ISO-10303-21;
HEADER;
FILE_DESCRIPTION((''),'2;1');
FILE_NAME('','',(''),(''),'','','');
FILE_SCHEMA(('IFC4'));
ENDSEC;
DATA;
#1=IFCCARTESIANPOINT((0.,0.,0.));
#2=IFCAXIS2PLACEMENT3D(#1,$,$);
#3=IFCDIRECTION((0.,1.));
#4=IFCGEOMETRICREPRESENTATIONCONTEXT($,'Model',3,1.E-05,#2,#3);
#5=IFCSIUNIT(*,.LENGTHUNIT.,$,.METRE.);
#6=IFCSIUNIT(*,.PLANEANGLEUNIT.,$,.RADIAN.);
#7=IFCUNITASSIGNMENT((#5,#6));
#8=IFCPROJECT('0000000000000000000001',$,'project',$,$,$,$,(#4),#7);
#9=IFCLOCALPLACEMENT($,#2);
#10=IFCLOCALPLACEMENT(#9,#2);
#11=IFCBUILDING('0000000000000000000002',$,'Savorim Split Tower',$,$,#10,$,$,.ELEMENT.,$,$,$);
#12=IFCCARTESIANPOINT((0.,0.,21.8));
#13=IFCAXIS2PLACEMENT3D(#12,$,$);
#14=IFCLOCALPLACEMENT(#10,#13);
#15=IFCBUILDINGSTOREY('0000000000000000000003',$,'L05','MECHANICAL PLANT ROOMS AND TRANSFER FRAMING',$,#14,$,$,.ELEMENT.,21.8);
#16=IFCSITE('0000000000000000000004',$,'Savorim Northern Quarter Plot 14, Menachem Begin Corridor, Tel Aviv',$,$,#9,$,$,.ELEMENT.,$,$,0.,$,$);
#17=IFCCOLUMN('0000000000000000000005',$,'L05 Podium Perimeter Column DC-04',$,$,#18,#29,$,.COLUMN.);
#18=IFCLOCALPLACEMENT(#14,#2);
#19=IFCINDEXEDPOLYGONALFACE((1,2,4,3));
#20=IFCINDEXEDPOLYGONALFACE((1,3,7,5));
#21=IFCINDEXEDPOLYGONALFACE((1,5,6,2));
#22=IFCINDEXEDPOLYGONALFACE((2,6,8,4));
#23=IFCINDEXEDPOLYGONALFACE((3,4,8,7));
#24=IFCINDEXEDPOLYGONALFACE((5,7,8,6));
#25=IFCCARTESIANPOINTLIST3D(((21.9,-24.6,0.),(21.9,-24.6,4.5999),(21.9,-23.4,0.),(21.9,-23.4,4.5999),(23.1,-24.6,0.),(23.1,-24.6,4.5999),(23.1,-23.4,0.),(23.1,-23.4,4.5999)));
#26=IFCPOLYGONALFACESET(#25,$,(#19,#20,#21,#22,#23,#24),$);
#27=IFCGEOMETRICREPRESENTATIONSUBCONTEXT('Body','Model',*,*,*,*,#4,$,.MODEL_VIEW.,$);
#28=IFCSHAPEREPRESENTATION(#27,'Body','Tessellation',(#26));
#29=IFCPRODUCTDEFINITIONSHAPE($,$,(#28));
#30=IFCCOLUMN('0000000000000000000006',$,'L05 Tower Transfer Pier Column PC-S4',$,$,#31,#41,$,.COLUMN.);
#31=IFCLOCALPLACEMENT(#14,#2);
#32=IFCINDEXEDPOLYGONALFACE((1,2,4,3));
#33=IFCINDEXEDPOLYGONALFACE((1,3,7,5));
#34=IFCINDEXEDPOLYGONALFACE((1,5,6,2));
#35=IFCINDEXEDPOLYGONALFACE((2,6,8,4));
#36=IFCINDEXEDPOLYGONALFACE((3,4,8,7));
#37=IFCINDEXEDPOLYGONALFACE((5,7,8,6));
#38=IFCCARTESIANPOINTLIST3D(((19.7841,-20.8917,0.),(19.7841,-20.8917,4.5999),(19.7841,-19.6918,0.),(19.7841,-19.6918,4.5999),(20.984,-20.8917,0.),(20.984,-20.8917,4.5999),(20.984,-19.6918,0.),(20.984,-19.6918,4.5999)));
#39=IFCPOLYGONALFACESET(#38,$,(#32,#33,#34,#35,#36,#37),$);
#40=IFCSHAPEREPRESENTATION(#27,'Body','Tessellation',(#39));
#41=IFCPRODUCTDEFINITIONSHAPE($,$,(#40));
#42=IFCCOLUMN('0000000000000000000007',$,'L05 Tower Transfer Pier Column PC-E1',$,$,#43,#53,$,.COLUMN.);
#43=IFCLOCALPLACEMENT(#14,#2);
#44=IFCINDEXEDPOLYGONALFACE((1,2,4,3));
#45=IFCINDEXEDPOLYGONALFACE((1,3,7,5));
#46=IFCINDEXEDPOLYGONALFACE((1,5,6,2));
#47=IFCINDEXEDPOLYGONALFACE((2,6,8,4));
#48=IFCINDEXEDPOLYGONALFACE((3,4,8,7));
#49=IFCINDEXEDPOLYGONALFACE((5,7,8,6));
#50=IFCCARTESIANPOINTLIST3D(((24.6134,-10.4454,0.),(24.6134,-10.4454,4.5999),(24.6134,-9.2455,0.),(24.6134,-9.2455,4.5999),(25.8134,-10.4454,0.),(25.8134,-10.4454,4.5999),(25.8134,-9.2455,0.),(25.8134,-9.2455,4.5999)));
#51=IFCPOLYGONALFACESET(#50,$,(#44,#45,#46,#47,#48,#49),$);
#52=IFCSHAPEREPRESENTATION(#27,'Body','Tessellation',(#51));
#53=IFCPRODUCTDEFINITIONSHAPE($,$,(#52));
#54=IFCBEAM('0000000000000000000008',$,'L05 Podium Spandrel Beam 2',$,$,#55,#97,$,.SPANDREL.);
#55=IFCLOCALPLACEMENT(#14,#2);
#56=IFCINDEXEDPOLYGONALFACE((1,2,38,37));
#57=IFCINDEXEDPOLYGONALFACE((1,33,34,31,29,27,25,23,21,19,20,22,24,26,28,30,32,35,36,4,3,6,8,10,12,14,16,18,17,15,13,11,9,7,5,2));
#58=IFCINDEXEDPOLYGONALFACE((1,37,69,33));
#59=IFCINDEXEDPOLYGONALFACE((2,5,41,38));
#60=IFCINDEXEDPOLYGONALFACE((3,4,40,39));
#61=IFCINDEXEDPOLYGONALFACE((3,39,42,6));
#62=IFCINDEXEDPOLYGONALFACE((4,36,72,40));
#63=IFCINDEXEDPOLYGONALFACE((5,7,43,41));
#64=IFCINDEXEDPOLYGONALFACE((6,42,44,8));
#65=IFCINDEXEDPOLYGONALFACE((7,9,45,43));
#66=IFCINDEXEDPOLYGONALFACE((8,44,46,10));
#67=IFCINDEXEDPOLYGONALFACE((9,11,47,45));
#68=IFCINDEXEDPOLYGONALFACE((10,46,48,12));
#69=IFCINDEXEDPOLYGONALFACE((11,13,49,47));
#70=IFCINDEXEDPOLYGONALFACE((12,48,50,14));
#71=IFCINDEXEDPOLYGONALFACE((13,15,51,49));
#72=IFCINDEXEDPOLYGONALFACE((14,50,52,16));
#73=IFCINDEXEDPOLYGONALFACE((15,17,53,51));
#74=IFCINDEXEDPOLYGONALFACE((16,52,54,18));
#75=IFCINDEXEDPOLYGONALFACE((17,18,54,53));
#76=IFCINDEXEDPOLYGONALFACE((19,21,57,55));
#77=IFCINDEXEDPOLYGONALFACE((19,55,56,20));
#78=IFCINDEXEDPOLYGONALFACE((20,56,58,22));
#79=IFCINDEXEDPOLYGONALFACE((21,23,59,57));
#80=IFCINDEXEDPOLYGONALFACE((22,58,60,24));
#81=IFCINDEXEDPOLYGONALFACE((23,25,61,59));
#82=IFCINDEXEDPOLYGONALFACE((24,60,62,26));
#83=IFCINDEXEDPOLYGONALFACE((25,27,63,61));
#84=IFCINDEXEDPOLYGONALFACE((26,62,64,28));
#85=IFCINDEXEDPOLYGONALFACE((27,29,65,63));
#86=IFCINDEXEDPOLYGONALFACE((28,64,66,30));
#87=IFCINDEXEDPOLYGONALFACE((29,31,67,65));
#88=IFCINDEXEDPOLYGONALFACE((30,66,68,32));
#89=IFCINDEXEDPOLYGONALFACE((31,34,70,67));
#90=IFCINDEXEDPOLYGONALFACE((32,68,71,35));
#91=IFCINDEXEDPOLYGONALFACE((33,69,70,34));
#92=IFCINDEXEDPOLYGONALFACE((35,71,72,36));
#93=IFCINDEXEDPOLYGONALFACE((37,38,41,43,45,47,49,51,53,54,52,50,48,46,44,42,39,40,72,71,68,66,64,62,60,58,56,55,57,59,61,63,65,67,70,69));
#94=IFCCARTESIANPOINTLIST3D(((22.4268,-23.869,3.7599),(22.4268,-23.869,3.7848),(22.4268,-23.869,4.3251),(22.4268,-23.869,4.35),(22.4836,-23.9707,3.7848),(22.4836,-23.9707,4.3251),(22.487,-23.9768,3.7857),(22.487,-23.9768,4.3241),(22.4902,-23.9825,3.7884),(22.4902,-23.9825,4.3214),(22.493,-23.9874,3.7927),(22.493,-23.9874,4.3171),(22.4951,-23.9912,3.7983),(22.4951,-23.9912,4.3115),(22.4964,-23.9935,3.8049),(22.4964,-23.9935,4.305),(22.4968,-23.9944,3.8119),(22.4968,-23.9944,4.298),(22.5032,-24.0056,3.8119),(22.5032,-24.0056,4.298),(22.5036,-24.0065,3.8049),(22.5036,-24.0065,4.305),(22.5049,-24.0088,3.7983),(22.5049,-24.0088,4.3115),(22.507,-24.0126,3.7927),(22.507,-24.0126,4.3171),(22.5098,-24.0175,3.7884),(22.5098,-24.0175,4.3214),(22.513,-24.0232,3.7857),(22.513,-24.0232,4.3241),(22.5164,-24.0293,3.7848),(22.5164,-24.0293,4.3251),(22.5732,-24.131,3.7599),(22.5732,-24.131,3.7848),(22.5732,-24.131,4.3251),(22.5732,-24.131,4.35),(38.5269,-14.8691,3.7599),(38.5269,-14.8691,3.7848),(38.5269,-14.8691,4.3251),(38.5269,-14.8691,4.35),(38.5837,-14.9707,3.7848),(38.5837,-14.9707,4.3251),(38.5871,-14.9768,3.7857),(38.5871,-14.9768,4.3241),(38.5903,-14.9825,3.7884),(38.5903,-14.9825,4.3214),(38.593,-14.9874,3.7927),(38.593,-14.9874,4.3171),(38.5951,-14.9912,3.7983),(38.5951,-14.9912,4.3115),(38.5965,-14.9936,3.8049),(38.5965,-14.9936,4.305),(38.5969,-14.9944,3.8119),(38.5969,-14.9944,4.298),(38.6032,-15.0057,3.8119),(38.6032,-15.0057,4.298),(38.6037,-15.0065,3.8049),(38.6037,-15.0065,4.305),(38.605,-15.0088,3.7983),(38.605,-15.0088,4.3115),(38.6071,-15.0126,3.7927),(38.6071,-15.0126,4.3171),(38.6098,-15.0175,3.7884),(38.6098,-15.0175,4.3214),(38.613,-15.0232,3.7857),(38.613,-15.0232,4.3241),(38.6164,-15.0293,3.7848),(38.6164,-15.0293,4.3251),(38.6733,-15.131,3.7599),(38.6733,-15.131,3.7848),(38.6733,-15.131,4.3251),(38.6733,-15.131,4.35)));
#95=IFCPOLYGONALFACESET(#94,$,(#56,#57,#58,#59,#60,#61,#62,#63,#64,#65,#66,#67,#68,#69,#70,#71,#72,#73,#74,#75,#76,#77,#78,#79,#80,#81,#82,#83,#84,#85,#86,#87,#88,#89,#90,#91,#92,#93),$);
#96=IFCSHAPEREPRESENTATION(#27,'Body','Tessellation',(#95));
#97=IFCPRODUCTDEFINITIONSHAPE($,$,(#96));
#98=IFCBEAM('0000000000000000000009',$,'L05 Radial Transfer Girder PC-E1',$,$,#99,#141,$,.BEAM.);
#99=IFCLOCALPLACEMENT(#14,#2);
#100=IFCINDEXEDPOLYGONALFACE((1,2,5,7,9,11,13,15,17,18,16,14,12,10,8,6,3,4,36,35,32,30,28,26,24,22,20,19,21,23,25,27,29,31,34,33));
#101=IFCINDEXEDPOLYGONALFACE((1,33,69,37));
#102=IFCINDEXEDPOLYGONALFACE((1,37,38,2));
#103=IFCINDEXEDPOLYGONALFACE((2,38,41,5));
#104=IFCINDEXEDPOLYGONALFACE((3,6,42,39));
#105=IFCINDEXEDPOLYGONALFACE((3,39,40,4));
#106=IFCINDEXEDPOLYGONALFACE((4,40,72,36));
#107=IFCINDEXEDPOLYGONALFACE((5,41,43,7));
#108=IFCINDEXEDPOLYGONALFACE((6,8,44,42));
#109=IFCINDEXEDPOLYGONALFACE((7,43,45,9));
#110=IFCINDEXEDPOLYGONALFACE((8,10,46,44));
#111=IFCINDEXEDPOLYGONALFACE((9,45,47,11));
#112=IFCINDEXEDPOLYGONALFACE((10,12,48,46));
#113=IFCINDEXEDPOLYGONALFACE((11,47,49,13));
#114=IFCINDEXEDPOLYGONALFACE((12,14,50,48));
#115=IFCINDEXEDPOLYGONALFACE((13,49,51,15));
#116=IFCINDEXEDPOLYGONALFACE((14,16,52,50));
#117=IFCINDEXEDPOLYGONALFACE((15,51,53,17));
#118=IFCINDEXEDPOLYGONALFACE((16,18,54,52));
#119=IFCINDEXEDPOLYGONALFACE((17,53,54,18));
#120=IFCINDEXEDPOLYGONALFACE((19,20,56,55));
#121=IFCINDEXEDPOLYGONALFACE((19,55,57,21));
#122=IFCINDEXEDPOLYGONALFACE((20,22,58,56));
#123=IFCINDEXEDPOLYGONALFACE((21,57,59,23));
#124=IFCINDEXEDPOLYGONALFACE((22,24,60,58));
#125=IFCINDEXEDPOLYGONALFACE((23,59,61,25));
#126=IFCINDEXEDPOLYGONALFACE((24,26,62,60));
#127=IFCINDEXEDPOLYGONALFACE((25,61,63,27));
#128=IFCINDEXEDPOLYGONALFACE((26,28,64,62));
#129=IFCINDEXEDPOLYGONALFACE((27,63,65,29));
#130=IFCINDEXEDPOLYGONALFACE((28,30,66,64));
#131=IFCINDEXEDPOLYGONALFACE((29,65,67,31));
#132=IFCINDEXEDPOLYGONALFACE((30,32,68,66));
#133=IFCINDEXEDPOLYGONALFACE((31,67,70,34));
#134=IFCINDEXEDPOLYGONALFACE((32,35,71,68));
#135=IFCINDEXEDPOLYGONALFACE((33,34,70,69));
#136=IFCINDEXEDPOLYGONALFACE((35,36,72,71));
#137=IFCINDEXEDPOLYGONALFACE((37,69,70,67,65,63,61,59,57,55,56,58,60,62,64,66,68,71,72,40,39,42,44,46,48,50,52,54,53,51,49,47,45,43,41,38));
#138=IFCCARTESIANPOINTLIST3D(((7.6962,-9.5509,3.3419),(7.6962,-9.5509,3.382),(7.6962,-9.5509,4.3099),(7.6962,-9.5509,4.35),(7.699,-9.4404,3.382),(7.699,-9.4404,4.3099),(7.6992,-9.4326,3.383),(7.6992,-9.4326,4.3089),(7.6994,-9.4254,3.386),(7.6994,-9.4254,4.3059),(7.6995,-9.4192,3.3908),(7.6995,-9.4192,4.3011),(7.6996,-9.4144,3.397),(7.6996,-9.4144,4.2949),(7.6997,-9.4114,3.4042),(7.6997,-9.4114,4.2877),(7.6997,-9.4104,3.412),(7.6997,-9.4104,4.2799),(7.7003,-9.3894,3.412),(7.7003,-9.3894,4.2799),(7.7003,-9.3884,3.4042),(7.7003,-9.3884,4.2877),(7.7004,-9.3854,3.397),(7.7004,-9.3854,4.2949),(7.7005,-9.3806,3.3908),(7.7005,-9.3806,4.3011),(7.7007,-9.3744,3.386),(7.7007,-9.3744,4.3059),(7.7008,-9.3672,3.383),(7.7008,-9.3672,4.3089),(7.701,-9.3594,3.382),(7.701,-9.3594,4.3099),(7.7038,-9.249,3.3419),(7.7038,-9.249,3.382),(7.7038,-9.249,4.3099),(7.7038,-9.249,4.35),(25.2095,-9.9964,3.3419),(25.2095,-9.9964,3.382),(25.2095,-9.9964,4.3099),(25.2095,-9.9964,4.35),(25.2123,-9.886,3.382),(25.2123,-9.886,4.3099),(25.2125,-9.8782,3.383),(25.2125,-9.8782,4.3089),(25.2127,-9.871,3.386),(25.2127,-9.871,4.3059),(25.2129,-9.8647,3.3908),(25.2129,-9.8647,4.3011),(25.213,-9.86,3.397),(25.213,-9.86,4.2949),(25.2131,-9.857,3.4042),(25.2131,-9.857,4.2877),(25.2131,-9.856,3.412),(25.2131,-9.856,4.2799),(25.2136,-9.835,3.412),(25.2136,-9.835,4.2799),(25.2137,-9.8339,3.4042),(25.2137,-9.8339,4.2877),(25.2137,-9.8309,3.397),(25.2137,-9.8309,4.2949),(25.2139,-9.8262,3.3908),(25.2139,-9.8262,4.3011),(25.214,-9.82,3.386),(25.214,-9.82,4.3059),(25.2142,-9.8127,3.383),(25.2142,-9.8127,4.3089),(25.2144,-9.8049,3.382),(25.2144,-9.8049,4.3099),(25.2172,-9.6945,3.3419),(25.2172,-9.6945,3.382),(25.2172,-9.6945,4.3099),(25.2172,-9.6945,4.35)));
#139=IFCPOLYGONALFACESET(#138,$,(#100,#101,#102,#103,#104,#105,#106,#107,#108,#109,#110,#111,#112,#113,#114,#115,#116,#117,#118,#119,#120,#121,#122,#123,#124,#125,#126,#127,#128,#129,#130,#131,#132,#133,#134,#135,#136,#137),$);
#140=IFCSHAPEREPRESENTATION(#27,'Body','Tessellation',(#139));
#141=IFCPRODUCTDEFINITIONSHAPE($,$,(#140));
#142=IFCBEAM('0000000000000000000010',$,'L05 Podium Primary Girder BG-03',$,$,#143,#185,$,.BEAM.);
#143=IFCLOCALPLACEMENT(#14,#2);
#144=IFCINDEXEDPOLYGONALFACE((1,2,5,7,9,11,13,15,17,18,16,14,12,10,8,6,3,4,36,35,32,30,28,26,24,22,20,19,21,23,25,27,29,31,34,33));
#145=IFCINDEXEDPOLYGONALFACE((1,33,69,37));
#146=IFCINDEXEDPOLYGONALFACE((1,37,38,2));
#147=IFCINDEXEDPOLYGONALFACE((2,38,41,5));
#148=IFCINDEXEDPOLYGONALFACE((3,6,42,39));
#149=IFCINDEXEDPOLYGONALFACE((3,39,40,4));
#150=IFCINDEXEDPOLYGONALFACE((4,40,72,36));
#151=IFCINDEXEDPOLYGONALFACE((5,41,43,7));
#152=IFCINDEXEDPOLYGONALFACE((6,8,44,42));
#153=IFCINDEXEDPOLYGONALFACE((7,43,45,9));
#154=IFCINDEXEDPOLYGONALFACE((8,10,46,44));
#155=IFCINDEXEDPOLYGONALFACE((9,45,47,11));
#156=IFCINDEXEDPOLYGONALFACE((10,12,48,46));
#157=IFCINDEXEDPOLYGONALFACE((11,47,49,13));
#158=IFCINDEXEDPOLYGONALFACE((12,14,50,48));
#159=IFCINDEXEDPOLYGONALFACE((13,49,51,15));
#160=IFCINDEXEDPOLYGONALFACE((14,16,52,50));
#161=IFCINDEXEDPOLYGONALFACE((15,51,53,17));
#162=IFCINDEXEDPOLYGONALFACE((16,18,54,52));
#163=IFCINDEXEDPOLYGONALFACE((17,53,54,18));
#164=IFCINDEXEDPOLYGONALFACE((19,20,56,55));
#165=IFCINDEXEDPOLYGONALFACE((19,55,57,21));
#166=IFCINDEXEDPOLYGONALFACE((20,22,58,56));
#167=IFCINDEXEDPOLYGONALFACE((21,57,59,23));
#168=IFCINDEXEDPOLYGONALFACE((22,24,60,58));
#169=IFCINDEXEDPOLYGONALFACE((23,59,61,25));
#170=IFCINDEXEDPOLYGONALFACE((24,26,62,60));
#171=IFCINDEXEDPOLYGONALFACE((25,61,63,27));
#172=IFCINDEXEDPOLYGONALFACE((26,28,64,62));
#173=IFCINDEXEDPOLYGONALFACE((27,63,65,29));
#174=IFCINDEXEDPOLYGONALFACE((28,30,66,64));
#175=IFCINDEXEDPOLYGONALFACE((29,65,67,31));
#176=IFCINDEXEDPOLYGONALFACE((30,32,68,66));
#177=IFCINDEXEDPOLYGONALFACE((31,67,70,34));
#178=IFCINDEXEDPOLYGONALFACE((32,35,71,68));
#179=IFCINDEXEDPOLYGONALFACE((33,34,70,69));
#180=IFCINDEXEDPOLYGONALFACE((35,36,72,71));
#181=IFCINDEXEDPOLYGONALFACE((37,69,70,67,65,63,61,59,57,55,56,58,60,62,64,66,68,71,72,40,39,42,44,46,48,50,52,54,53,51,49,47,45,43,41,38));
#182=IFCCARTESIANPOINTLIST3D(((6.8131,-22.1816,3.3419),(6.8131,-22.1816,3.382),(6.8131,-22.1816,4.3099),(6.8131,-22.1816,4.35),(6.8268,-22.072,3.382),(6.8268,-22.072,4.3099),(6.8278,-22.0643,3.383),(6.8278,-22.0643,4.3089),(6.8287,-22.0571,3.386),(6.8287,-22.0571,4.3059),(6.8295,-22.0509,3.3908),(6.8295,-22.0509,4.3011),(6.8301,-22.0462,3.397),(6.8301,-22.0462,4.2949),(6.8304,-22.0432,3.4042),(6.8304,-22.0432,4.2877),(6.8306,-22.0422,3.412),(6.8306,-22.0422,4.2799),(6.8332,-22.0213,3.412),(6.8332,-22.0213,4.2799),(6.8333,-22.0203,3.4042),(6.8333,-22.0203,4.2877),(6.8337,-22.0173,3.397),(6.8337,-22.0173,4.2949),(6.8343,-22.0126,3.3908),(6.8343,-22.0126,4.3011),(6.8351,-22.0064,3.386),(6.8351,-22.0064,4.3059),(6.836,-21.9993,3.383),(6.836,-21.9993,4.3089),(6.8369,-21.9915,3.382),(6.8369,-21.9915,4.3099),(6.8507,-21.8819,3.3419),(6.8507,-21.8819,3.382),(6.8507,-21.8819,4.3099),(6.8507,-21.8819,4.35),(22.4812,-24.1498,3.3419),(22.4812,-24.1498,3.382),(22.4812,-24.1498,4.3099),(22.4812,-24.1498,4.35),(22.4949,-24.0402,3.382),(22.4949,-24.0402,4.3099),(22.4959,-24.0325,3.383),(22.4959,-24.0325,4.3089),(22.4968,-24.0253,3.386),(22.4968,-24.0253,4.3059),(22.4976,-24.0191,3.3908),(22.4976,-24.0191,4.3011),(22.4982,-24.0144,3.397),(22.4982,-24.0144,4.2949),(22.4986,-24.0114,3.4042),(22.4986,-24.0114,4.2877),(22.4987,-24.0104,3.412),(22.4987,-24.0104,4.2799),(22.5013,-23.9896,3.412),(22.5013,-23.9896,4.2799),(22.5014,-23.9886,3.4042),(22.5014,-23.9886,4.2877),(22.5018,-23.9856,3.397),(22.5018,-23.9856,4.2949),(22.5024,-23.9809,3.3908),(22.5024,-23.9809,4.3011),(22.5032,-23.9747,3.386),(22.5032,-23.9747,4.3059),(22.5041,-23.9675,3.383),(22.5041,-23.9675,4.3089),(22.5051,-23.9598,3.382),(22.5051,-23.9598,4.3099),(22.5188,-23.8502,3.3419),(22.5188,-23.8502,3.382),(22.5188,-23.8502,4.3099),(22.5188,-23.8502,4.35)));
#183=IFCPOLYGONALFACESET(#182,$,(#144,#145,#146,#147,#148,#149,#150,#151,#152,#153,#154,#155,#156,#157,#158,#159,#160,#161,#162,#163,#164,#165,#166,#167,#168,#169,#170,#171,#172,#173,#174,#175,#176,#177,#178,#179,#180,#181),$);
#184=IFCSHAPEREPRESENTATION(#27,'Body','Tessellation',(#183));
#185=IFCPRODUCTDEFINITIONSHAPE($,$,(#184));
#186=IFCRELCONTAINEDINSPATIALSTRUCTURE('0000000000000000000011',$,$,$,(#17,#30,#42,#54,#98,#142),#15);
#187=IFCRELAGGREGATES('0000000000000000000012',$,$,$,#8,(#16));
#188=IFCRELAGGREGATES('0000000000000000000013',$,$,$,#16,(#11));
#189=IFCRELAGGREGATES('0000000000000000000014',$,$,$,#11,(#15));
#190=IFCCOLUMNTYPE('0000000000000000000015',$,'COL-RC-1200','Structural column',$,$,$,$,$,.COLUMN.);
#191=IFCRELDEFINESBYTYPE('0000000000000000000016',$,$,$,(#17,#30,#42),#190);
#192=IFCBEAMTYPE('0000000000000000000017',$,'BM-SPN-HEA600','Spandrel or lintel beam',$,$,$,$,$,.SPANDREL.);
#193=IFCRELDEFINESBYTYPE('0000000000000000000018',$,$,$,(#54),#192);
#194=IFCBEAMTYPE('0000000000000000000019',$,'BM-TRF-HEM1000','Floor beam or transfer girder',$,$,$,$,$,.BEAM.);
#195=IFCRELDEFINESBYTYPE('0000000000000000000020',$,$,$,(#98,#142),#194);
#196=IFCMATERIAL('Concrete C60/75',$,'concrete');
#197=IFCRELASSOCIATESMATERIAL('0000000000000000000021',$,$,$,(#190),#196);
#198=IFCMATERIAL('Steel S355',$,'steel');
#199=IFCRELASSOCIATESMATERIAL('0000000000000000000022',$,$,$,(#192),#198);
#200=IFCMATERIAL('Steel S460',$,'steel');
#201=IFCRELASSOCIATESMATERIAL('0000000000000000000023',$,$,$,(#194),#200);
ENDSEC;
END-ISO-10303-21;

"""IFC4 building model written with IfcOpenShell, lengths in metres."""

from ifc_helpers import new_model, si_unit, direction, frame, origin, origin_2d, place, context, subcontext, project, spatial, rectangle, i_section, extrude, material, material_profile, profile_set, type_object, element, save


model = new_model("IFC4")

# Units and contexts
model_context = context("Model", 3, precision=1e-05, world=origin(), true_north=direction((0.0, 1.0)))
body_context = subcontext(model_context, "Body", "Model", "MODEL_VIEW")
ifc_project = project(units=[si_unit("LENGTHUNIT", "METRE"), si_unit("PLANEANGLEUNIT", "RADIAN")], contexts=[model_context])

# Site, building, storey
site_placement = place(None, origin())
site = spatial("IfcSite", under=ifc_project, at=site_placement, Name="Savorim Northern Quarter Plot 14, Menachem Begin Corridor, Tel Aviv", CompositionType="ELEMENT", RefElevation=0.0)
building_placement = place(site_placement, origin())
building = spatial("IfcBuilding", under=site, at=building_placement, Name="Savorim Split Tower", CompositionType="ELEMENT")
storey_placement = place(building_placement, frame((0.0, 0.0, 21.8)))
storey = spatial("IfcBuildingStorey", under=building, at=storey_placement, Name="L05", Description="MECHANICAL PLANT ROOMS AND TRANSFER FRAMING", CompositionType="ELEMENT", Elevation=21.8)

# Columns
ifc_material_1 = material(Name="Concrete C60/75", Category="concrete")
ifc_material_profile_1 = material_profile(ifc_material_1, rectangle(XDim=1.2, YDim=1.2, at=origin_2d()), Name="RC 1200x1200")
ifc_profile_set_1 = profile_set([ifc_material_profile_1], Name="Concrete C60/75")
column_type = type_object("IfcColumnType", Name="COL-RC-1200", Description="Structural column", PredefinedType="COLUMN", material=ifc_profile_set_1)
for number, where, z_axis, x_axis, name in (
    (1, (22.5, -24.0, 0.0), (0.0, 0.0, 1.0), (1.0, 0.0, 0.0), "L05 Podium Perimeter Column DC-04"),
    (2, (20.384, -20.2917, 0.0), (0.0, 0.0, 1.0), (1.0, 0.0, 0.0), "L05 Tower Transfer Pier Column PC-S4"),
    (3, (25.2134, -9.8455, 0.0), (0.0, 0.0, 1.0), (1.0, 0.0, 0.0), "L05 Tower Transfer Pier Column PC-E1"),
):
    element("IfcColumn", number, at=place(storey_placement, frame(where, z_axis=z_axis, x_axis=x_axis)), inside=storey, type_object=column_type, Name=name, PredefinedType="COLUMN", context=body_context, shape_type="SweptSolid", body=[
        extrude(rectangle(XDim=1.2, YDim=1.2, at=origin_2d()), origin(), (0.0, 0.0, 1.0), 4.5999),
    ])

# Beams
ifc_material_2 = material(Name="Steel S355", Category="steel")
ifc_material_profile_2 = material_profile(ifc_material_2, i_section(OverallWidth=0.3, OverallDepth=0.5901, WebThickness=0.0129, FlangeThickness=0.0249, FilletRadius=0.0271, at=origin_2d()), Name="HEA 600")
ifc_profile_set_2 = profile_set([ifc_material_profile_2], Name="Steel S355")
beam_type_1 = type_object("IfcBeamType", Name="BM-SPN-HEA600", Description="Spandrel or lintel beam", PredefinedType="SPANDREL", material=ifc_profile_set_2)
beam_1_placement = place(storey_placement, frame((22.5, -24.0, 4.0549), z_axis=(0.872877, 0.487941, 0.0), x_axis=(-0.487941, 0.872877, 0.0)))
element("IfcBeam", 4, at=beam_1_placement, inside=storey, type_object=beam_type_1, Name="L05 Podium Spandrel Beam 2", PredefinedType="SPANDREL", context=body_context, shape_type="SweptSolid", body=[
    extrude(i_section(OverallWidth=0.3, OverallDepth=0.5901, WebThickness=0.0129, FlangeThickness=0.0249, FilletRadius=0.0271, at=origin_2d()), origin(), (0.0, 0.0, 1.0), 18.4448),
])
ifc_material_3 = material(Name="Steel S460", Category="steel")
ifc_material_profile_3 = material_profile(ifc_material_3, i_section(OverallWidth=0.302, OverallDepth=1.0081, WebThickness=0.021, FlangeThickness=0.04, FilletRadius=0.03, at=origin_2d()), Name="HE 1000 M")
ifc_profile_set_3 = profile_set([ifc_material_profile_3], Name="Steel S460")
beam_type_2 = type_object("IfcBeamType", Name="BM-TRF-HEM1000", Description="Floor beam or transfer girder", PredefinedType="BEAM", material=ifc_profile_set_3)
beam_2_placement = place(storey_placement, frame((25.2134, -9.8455, 3.8459), z_axis=(-0.999677, 0.025433, 0.0), x_axis=(-0.025433, -0.999677, 0.0)))
element("IfcBeam", 5, at=beam_2_placement, inside=storey, type_object=beam_type_2, Name="L05 Radial Transfer Girder PC-E1", PredefinedType="BEAM", context=body_context, shape_type="SweptSolid", body=[
    extrude(i_section(OverallWidth=0.302, OverallDepth=1.0081, WebThickness=0.021, FlangeThickness=0.04, FilletRadius=0.03, at=origin_2d()), origin(), (0.0, 0.0, 1.0), 17.519),
])
beam_3_placement = place(storey_placement, frame((22.5, -24.0, 3.8459), z_axis=(-0.992202, 0.124642, 0.0), x_axis=(-0.124642, -0.992202, 0.0)))
element("IfcBeam", 6, at=beam_3_placement, inside=storey, type_object=beam_type_2, Name="L05 Podium Primary Girder BG-03", PredefinedType="BEAM", context=body_context, shape_type="SweptSolid", body=[
    extrude(i_section(OverallWidth=0.302, OverallDepth=1.0081, WebThickness=0.021, FlangeThickness=0.04, FilletRadius=0.03, at=origin_2d()), origin(), (0.0, 0.0, 1.0), 15.7913),
])

save(model, "model.ifc")
